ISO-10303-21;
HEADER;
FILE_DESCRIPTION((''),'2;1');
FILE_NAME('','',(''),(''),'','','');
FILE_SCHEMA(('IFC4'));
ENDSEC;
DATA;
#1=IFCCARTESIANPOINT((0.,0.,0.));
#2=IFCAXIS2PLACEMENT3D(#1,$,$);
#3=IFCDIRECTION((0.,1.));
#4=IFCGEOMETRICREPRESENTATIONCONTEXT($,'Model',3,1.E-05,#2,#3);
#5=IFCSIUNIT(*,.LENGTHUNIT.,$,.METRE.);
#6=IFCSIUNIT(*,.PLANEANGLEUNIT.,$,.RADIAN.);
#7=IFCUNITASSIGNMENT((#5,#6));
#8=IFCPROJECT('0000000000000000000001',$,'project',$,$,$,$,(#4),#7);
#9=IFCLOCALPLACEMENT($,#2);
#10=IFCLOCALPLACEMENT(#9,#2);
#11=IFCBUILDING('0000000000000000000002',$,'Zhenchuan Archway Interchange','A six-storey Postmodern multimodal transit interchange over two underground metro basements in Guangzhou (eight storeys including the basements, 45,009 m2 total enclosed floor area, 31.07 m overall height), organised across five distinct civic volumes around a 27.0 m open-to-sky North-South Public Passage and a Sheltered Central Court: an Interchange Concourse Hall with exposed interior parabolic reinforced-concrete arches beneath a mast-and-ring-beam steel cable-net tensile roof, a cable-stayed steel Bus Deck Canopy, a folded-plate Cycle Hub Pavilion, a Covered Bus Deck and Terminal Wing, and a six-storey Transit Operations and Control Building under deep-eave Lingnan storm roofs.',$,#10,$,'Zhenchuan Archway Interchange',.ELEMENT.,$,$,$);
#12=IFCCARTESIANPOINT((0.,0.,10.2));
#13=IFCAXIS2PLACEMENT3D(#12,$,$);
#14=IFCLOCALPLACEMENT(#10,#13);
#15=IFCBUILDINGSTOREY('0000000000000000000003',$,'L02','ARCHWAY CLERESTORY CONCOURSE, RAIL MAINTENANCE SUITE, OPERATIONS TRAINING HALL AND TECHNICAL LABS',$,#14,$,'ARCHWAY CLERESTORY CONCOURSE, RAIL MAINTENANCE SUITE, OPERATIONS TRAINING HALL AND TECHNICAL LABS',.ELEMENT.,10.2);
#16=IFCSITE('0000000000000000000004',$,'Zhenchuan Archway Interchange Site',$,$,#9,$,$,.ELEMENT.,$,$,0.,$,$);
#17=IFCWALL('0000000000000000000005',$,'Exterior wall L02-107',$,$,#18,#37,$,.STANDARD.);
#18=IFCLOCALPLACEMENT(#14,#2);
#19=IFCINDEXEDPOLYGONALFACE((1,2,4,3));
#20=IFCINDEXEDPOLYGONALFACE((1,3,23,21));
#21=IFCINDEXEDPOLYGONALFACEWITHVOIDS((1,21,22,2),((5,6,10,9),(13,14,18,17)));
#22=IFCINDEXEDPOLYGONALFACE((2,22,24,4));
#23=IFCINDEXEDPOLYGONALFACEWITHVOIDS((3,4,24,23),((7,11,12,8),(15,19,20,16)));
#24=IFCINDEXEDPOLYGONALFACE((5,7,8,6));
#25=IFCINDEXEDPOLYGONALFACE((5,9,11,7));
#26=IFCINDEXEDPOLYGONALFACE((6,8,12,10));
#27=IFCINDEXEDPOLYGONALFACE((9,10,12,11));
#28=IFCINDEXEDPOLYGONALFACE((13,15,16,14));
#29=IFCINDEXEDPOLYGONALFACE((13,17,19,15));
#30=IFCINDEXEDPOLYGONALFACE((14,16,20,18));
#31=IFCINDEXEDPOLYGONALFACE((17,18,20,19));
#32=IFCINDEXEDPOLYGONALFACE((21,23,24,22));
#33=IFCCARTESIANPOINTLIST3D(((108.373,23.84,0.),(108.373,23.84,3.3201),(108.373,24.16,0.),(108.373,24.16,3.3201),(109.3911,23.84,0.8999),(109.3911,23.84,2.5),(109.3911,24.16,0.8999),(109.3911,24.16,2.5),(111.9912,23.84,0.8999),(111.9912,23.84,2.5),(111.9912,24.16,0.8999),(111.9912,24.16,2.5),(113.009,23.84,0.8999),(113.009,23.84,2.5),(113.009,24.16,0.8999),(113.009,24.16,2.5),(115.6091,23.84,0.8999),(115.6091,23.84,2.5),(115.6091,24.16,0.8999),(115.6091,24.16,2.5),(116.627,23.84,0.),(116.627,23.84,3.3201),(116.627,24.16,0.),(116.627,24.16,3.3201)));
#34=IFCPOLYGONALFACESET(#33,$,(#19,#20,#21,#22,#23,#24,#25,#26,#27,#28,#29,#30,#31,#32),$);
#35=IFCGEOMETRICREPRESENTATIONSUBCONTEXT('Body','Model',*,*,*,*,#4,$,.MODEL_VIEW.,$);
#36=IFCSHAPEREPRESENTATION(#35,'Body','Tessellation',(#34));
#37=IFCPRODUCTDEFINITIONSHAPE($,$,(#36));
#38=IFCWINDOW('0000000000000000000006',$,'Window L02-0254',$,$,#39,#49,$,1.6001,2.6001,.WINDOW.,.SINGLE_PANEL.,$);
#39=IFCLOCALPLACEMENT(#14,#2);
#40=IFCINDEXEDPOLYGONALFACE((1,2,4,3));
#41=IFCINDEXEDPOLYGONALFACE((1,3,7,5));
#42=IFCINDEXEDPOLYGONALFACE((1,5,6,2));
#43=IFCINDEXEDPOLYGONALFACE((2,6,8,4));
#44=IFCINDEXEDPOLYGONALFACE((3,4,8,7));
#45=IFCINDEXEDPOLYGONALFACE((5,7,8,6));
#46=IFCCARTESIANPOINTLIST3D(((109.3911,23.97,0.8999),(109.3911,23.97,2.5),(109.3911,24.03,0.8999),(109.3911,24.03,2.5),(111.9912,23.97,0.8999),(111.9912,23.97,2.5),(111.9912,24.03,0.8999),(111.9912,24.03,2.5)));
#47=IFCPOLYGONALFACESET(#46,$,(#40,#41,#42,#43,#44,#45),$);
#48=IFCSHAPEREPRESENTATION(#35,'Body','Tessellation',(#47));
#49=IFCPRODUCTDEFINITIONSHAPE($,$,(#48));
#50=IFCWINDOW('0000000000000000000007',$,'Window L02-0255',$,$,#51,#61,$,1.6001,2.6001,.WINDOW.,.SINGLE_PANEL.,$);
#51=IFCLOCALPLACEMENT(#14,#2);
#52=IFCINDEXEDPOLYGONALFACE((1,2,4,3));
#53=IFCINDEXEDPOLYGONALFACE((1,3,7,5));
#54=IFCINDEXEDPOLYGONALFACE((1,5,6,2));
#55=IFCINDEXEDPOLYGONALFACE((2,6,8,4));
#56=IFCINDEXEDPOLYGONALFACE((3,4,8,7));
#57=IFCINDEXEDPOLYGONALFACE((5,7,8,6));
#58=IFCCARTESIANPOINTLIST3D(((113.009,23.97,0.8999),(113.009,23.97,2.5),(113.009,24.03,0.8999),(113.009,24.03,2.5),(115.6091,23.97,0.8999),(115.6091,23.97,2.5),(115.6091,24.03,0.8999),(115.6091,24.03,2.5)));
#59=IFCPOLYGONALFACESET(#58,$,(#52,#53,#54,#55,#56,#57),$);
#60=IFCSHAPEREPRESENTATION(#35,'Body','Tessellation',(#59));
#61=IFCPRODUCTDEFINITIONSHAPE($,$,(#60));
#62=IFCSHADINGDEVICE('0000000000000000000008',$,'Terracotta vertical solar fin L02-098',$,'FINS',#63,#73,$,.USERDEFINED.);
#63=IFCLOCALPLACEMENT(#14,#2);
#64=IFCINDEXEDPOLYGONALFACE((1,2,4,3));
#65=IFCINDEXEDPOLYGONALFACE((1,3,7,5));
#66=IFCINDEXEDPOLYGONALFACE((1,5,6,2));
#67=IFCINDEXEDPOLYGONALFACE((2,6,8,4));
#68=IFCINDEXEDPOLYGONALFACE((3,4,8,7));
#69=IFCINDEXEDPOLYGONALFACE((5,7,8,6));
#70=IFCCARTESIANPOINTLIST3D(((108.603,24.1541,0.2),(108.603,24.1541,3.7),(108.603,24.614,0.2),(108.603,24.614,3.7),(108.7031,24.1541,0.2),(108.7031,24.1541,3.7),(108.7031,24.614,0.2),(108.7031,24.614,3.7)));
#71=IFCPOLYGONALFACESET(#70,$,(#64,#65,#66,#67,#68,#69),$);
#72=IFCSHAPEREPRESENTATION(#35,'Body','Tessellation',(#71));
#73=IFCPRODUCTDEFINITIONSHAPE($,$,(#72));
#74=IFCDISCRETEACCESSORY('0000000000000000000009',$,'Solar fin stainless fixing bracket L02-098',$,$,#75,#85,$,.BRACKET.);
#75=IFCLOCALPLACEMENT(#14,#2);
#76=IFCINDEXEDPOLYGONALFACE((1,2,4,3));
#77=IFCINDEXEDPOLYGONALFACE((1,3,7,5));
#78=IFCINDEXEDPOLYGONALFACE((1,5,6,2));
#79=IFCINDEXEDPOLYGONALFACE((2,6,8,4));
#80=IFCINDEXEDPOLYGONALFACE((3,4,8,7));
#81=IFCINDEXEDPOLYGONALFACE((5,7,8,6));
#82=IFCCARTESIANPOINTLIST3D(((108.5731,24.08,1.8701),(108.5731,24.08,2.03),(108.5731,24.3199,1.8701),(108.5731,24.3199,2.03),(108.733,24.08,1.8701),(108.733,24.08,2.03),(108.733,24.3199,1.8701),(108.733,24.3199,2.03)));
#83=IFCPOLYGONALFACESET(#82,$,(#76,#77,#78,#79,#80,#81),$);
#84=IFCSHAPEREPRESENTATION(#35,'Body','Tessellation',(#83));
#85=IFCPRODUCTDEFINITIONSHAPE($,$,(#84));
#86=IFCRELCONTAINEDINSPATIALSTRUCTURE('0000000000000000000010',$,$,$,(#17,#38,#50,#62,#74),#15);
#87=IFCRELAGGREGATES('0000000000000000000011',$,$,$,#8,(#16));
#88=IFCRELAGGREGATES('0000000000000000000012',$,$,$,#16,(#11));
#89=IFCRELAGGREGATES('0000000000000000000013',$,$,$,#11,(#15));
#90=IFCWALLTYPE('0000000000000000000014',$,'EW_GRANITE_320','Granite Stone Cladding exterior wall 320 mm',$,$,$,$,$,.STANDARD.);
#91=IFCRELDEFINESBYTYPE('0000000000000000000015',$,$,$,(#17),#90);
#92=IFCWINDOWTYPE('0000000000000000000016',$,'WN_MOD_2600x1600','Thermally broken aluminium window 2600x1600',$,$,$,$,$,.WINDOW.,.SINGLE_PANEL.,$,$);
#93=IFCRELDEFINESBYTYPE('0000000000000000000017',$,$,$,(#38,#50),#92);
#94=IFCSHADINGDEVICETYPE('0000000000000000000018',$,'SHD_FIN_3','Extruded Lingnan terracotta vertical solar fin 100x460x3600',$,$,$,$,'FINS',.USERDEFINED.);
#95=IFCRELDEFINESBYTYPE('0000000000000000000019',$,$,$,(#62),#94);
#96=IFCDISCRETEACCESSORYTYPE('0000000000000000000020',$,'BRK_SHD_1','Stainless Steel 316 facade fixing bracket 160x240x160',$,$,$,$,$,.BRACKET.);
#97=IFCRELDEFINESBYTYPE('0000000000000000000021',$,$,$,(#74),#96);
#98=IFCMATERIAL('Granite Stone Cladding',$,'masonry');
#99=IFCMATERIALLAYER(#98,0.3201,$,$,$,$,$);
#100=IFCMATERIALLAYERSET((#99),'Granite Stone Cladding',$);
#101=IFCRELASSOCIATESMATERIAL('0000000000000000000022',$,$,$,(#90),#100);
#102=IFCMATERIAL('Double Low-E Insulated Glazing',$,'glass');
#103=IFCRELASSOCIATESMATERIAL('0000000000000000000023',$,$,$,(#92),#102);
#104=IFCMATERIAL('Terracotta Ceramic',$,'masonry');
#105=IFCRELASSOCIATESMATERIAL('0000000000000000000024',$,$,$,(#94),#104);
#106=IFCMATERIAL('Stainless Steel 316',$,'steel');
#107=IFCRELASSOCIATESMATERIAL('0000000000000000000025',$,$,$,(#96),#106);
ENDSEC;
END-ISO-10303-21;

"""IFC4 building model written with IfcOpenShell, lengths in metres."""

from ifc_helpers import new_model, si_unit, direction, frame, frame_2d, origin, origin_2d, place, context, subcontext, project, spatial, rectangle, extrude, material, layer, layer_set, type_object, element, fill, save


model = new_model("IFC4")

# Units and contexts
model_context = context("Model", 3, precision=1e-05, world=origin(), true_north=direction((0.0, 1.0)))
body_context = subcontext(model_context, "Body", "Model", "MODEL_VIEW")
ifc_project = project(units=[si_unit("LENGTHUNIT", "METRE"), si_unit("PLANEANGLEUNIT", "RADIAN")], contexts=[model_context])

# Site, building, storey
site_placement = place(None, origin())
site = spatial("IfcSite", under=ifc_project, at=site_placement, Name="Zhenchuan Archway Interchange Site", CompositionType="ELEMENT", RefElevation=0.0)
building_placement = place(site_placement, origin())
building = spatial("IfcBuilding", under=site, at=building_placement, Name="Zhenchuan Archway Interchange", Description="A six-storey Postmodern multimodal transit interchange over two underground metro basements in Guangzhou (eight storeys including the basements, 45,009 m2 total enclosed floor area, 31.07 m overall height), organised across five distinct civic volumes around a 27.0 m open-to-sky North-South Public Passage and a Sheltered Central Court: an Interchange Concourse Hall with exposed interior parabolic reinforced-concrete arches beneath a mast-and-ring-beam steel cable-net tensile roof, a cable-stayed steel Bus Deck Canopy, a folded-plate Cycle Hub Pavilion, a Covered Bus Deck and Terminal Wing, and a six-storey Transit Operations and Control Building under deep-eave Lingnan storm roofs.", LongName="Zhenchuan Archway Interchange", CompositionType="ELEMENT")
storey_placement = place(building_placement, frame((0.0, 0.0, 10.2)))
storey = spatial("IfcBuildingStorey", under=building, at=storey_placement, Name="L02", Description="ARCHWAY CLERESTORY CONCOURSE, RAIL MAINTENANCE SUITE, OPERATIONS TRAINING HALL AND TECHNICAL LABS", LongName="ARCHWAY CLERESTORY CONCOURSE, RAIL MAINTENANCE SUITE, OPERATIONS TRAINING HALL AND TECHNICAL LABS", CompositionType="ELEMENT", Elevation=10.2)

# Shared definitions
ifc_material_1 = material(Name="Double Low-E Insulated Glazing", Category="glass")

# Wall, openings, windows
ifc_material_2 = material(Name="Granite Stone Cladding", Category="masonry")
ifc_layer_1 = layer(ifc_material_2, 0.3201)
ifc_layer_set_1 = layer_set([ifc_layer_1], Name="Granite Stone Cladding")
wall_type = type_object("IfcWallType", Name="EW_GRANITE_320", Description="Granite Stone Cladding exterior wall 320 mm", PredefinedType="STANDARD", material=ifc_layer_set_1)
wall_placement = place(storey_placement, frame((108.373, 24.0, 0.0), z_axis=(0.0, 0.0, 1.0), x_axis=(1.0, 0.0, 0.0)))
wall = element("IfcWall", 1, at=wall_placement, inside=storey, type_object=wall_type, Name="Exterior wall L02-107", PredefinedType="STANDARD", context=body_context, shape_type="SweptSolid", body=[
    extrude(rectangle(XDim=8.2539, YDim=0.3201, at=frame_2d((4.127, 0.0))), origin(), (0.0, 0.0, 1.0), 3.3201),
])
opening_1_placement = place(wall_placement, frame((1.0181, 0.0, 0.8999)))
opening_1 = element("IfcOpeningElement", 2, at=opening_1_placement, cuts=wall, PredefinedType="OPENING", context=body_context, shape_type="SweptSolid", body=[
    extrude(rectangle(XDim=2.6001, YDim=1.6001, at=frame_2d((1.3, 0.8))), frame((0.0, 0.1719, 0.0), z_axis=(0.0, -1.0, 0.0), x_axis=(1.0, 0.0, 0.0)), (0.0, 0.0, 1.0), 0.344),
])
opening_2_placement = place(wall_placement, frame((4.636, 0.0, 0.8999)))
opening_2 = element("IfcOpeningElement", 3, at=opening_2_placement, cuts=wall, PredefinedType="OPENING", context=body_context, shape_type="SweptSolid", body=[
    extrude(rectangle(XDim=2.6001, YDim=1.6001, at=frame_2d((1.3, 0.8))), frame((0.0, 0.1719, 0.0), z_axis=(0.0, -1.0, 0.0), x_axis=(1.0, 0.0, 0.0)), (0.0, 0.0, 1.0), 0.344),
])
window_type = type_object("IfcWindowType", Name="WN_MOD_2600x1600", Description="Thermally broken aluminium window 2600x1600", PartitioningType="SINGLE_PANEL", PredefinedType="WINDOW", material=ifc_material_1)
window_1_placement = place(opening_1_placement, origin())
window_1 = element("IfcWindow", 4, at=window_1_placement, inside=storey, type_object=window_type, Name="Window L02-0254", OverallHeight=1.6001, OverallWidth=2.6001, PartitioningType="SINGLE_PANEL", PredefinedType="WINDOW", context=body_context, shape_type="SweptSolid", body=[
    extrude(rectangle(XDim=2.6001, YDim=1.6001, at=frame_2d((1.3, 0.8))), frame((0.0, 0.03, 0.0), z_axis=(0.0, -1.0, 0.0), x_axis=(1.0, 0.0, 0.0)), (0.0, 0.0, 1.0), 0.0601),
])
fill(opening_1, window_1)
window_2_placement = place(opening_2_placement, origin())
window_2 = element("IfcWindow", 5, at=window_2_placement, inside=storey, type_object=window_type, Name="Window L02-0255", OverallHeight=1.6001, OverallWidth=2.6001, PartitioningType="SINGLE_PANEL", PredefinedType="WINDOW", context=body_context, shape_type="SweptSolid", body=[
    extrude(rectangle(XDim=2.6001, YDim=1.6001, at=frame_2d((1.3, 0.8))), frame((0.0, 0.03, 0.0), z_axis=(0.0, -1.0, 0.0), x_axis=(1.0, 0.0, 0.0)), (0.0, 0.0, 1.0), 0.0601),
])
fill(opening_2, window_2)

# Shading device
ifc_material_3 = material(Name="Terracotta Ceramic", Category="masonry")
shading_device_type = type_object("IfcShadingDeviceType", Name="SHD_FIN_3", Description="Extruded Lingnan terracotta vertical solar fin 100x460x3600", ElementType="FINS", PredefinedType="USERDEFINED", material=ifc_material_3)
shading_device_placement = place(storey_placement, frame((108.6531, 24.384, 0.2), z_axis=(0.0, 0.0, 1.0), x_axis=(1.0, 0.0, 0.0)))
element("IfcShadingDevice", 6, at=shading_device_placement, inside=storey, type_object=shading_device_type, Name="Terracotta vertical solar fin L02-098", ObjectType="FINS", PredefinedType="USERDEFINED", context=body_context, shape_type="SweptSolid", body=[
    extrude(rectangle(XDim=0.1001, YDim=0.46, at=origin_2d()), origin(), (0.0, 0.0, 1.0), 3.5),
])

# Discrete accessory
ifc_material_4 = material(Name="Stainless Steel 316", Category="steel")
discrete_accessory_type = type_object("IfcDiscreteAccessoryType", Name="BRK_SHD_1", Description="Stainless Steel 316 facade fixing bracket 160x240x160", PredefinedType="BRACKET", material=ifc_material_4)
discrete_accessory_placement = place(storey_placement, frame((108.6531, 24.2, 1.8701), z_axis=(0.0, 0.0, 1.0), x_axis=(1.0, 0.0, 0.0)))
element("IfcDiscreteAccessory", 7, at=discrete_accessory_placement, inside=storey, type_object=discrete_accessory_type, Name="Solar fin stainless fixing bracket L02-098", PredefinedType="BRACKET", context=body_context, shape_type="SweptSolid", body=[
    extrude(rectangle(XDim=0.1599, YDim=0.24, at=origin_2d()), origin(), (0.0, 0.0, 1.0), 0.1599),
])

save(model, "model.ifc")
